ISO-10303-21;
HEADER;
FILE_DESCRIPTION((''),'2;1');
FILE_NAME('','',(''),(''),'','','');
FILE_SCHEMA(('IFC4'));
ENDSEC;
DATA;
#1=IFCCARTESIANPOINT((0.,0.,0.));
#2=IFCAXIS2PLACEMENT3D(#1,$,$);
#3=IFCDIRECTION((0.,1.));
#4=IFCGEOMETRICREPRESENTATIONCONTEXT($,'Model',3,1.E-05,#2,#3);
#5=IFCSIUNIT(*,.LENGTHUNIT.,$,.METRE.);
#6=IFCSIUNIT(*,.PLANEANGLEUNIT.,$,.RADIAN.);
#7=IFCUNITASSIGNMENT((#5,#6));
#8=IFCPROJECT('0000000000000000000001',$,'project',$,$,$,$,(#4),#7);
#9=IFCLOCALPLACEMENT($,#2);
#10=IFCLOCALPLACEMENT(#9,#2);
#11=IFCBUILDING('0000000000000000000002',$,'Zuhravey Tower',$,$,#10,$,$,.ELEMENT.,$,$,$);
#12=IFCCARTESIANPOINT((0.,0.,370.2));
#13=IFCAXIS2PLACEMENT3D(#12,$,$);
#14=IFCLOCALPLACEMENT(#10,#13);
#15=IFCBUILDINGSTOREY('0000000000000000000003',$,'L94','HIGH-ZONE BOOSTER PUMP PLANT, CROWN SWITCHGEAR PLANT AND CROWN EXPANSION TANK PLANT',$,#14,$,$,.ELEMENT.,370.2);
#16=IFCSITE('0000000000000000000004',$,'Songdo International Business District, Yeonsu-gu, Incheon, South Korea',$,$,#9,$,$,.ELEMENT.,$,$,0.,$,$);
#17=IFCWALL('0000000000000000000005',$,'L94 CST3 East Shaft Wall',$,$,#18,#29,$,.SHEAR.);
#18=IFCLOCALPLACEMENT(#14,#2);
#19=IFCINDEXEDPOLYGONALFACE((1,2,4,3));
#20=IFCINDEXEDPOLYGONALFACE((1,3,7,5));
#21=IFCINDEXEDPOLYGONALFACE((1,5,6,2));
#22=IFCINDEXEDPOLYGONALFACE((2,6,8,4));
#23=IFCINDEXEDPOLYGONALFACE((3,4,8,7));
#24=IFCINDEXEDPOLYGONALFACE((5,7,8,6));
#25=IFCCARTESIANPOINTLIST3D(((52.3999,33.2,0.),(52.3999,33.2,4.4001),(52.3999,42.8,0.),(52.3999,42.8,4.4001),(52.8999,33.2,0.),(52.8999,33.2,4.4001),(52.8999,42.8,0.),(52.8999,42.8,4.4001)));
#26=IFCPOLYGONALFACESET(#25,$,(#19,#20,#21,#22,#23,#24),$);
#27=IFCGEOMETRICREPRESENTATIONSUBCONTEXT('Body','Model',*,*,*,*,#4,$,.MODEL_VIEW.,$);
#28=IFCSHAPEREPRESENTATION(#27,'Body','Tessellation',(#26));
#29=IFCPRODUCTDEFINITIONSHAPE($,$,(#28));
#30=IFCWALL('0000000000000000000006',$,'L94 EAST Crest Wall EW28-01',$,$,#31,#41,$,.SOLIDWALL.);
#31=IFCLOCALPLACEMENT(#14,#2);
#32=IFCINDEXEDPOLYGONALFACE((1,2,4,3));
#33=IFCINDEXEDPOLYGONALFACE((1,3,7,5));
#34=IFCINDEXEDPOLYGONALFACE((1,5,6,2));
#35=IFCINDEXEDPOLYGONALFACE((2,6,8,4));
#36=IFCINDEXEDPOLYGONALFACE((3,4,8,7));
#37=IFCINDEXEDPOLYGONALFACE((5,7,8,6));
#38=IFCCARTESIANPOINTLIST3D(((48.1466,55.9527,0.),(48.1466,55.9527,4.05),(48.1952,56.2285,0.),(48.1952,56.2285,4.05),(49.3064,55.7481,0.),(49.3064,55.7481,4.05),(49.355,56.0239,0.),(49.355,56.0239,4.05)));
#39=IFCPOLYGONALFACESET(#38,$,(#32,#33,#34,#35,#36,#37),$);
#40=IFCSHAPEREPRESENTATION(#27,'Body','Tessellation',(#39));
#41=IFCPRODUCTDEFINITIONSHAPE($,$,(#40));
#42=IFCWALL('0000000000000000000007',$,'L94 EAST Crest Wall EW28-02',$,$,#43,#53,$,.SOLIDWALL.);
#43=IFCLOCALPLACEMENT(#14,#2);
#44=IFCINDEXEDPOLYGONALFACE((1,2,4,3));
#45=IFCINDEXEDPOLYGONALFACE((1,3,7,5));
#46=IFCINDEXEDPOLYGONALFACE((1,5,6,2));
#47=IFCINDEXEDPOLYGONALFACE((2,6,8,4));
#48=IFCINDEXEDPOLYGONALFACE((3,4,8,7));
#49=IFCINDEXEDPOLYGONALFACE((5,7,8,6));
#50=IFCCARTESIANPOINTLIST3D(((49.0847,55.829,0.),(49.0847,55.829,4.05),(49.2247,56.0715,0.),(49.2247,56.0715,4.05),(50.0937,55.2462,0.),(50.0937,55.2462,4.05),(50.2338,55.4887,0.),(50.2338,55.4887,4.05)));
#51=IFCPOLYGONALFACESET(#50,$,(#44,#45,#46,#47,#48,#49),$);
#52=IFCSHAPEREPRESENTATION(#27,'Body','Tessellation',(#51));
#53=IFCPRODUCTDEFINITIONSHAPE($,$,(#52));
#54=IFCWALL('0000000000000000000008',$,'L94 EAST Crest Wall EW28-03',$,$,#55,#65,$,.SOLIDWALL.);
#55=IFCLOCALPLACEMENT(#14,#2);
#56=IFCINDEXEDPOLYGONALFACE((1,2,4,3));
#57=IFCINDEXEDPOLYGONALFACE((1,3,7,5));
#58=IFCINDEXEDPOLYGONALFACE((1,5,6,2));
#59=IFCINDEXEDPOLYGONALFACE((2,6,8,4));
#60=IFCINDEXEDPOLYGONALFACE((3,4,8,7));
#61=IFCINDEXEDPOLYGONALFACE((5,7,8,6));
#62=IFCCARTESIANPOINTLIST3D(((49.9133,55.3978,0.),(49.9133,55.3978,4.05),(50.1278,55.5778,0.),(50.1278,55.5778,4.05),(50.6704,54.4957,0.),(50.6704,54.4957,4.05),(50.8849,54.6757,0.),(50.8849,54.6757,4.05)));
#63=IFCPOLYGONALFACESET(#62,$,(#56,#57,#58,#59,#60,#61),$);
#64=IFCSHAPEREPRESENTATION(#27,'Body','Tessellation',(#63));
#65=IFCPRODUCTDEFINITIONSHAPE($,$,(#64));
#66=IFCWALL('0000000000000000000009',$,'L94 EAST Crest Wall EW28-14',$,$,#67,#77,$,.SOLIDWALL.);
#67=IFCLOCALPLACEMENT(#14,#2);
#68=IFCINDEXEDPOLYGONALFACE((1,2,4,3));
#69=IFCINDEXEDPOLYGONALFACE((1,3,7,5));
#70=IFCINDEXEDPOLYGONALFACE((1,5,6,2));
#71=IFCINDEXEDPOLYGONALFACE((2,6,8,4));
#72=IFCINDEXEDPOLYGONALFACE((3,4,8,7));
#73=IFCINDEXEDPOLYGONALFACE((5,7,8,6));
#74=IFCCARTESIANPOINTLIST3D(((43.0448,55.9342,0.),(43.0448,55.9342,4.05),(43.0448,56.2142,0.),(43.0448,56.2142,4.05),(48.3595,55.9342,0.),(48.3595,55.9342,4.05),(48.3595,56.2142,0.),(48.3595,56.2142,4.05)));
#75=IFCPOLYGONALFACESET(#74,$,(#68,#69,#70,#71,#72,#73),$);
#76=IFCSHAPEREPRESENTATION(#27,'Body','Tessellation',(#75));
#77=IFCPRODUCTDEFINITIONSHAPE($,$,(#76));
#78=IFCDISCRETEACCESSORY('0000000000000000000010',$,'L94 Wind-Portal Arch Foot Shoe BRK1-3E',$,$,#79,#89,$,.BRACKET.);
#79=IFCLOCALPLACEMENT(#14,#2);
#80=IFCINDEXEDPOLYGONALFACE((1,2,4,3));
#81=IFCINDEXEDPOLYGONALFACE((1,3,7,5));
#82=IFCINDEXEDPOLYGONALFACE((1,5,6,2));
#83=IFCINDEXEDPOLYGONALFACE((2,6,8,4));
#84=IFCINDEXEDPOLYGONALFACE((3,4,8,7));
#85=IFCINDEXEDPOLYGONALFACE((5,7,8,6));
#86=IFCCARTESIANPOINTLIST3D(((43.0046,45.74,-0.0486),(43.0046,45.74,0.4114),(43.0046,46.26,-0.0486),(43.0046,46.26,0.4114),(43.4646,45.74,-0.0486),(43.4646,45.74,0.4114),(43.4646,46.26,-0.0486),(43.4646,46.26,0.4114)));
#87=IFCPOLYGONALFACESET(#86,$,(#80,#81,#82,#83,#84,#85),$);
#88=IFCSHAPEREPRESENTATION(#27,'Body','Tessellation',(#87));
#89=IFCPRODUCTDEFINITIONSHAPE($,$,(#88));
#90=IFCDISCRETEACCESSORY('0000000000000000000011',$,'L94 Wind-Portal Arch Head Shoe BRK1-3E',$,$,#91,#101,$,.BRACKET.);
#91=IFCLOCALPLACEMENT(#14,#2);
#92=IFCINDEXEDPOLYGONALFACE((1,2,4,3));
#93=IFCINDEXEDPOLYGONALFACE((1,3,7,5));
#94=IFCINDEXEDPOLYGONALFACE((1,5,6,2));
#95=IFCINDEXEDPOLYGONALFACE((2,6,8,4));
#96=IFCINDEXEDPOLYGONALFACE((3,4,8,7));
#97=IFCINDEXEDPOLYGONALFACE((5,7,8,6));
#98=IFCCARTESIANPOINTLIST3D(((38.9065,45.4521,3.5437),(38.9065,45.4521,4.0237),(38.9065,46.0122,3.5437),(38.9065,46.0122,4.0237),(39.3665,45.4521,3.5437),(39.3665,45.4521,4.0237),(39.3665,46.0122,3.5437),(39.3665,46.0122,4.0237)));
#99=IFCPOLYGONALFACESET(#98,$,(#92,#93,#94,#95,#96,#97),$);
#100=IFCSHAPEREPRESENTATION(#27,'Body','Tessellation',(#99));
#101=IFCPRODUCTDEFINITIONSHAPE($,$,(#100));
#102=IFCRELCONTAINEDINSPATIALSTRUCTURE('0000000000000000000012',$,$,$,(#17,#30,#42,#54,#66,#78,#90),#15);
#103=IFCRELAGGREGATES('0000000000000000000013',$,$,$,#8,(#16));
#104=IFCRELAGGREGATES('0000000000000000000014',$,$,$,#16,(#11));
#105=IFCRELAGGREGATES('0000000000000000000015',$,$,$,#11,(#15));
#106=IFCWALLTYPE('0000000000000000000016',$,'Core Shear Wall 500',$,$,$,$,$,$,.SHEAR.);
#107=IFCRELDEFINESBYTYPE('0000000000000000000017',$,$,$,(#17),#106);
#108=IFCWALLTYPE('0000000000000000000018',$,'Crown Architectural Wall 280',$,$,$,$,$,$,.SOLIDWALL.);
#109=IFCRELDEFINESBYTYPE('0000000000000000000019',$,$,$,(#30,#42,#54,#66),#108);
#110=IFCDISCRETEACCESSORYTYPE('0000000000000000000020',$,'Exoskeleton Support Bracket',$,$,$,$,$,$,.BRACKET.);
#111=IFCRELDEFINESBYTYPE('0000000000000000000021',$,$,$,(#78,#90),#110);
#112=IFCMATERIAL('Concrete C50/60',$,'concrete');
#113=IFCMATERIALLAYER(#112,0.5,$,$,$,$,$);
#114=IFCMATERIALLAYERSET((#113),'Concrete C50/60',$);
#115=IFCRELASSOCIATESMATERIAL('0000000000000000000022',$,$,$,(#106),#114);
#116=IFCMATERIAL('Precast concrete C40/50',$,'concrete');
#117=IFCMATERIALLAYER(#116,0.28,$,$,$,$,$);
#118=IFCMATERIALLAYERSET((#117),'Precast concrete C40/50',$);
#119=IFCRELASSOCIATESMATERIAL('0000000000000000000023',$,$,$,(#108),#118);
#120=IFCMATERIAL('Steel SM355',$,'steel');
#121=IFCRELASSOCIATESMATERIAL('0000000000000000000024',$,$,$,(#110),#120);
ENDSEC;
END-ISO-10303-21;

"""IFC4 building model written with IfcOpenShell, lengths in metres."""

from ifc_helpers import new_model, si_unit, direction, frame, frame_2d, origin, origin_2d, place, context, subcontext, project, spatial, rectangle, extrude, material, layer, layer_set, type_object, element, save


model = new_model("IFC4")

# Units and contexts
model_context = context("Model", 3, precision=1e-05, world=origin(), true_north=direction((0.0, 1.0)))
body_context = subcontext(model_context, "Body", "Model", "MODEL_VIEW")
ifc_project = project(units=[si_unit("LENGTHUNIT", "METRE"), si_unit("PLANEANGLEUNIT", "RADIAN")], contexts=[model_context])

# Site, building, storey
site_placement = place(None, origin())
site = spatial("IfcSite", under=ifc_project, at=site_placement, Name="Songdo International Business District, Yeonsu-gu, Incheon, South Korea", CompositionType="ELEMENT", RefElevation=0.0)
building_placement = place(site_placement, origin())
building = spatial("IfcBuilding", under=site, at=building_placement, Name="Zuhravey Tower", CompositionType="ELEMENT")
storey_placement = place(building_placement, frame((0.0, 0.0, 370.2)))
storey = spatial("IfcBuildingStorey", under=building, at=storey_placement, Name="L94", Description="HIGH-ZONE BOOSTER PUMP PLANT, CROWN SWITCHGEAR PLANT AND CROWN EXPANSION TANK PLANT", CompositionType="ELEMENT", Elevation=370.2)

# Shared definitions
ifc_material_1 = material(Name="Steel SM355", Category="steel")

# Walls
ifc_material_2 = material(Name="Concrete C50/60", Category="concrete")
ifc_layer_1 = layer(ifc_material_2, 0.5)
ifc_layer_set_1 = layer_set([ifc_layer_1], Name="Concrete C50/60")
wall_type_1 = type_object("IfcWallType", Name="Core Shear Wall 500", PredefinedType="SHEAR", material=ifc_layer_set_1)
wall_1_placement = place(storey_placement, frame((52.6499, 42.8, 0.0), z_axis=(0.0, 0.0, 1.0), x_axis=(0.0, -1.0, 0.0)))
element("IfcWall", 1, at=wall_1_placement, inside=storey, type_object=wall_type_1, Name="L94 CST3 East Shaft Wall", PredefinedType="SHEAR", context=body_context, shape_type="SweptSolid", body=[
    extrude(rectangle(XDim=9.6001, YDim=0.5, at=frame_2d((4.8, 0.0))), origin(), (0.0, 0.0, 1.0), 4.4001),
])
ifc_material_3 = material(Name="Precast concrete C40/50", Category="concrete")
ifc_layer_2 = layer(ifc_material_3, 0.28)
ifc_layer_set_2 = layer_set([ifc_layer_2], Name="Precast concrete C40/50")
wall_type_2 = type_object("IfcWallType", Name="Crown Architectural Wall 280", PredefinedType="SOLIDWALL", material=ifc_layer_set_2)
wall_2_placement = place(storey_placement, frame((48.1709, 56.0906, 0.0), z_axis=(0.0, 0.0, 1.0), x_axis=(0.984798, -0.173703, 0.0)))
element("IfcWall", 2, at=wall_2_placement, inside=storey, type_object=wall_type_2, Name="L94 EAST Crest Wall EW28-01", PredefinedType="SOLIDWALL", context=body_context, shape_type="SweptSolid", body=[
    extrude(rectangle(XDim=1.1777, YDim=0.28, at=frame_2d((0.5889, 0.0))), origin(), (0.0, 0.0, 1.0), 4.05),
])
wall_3_placement = place(storey_placement, frame((49.1548, 55.9502, 0.0), z_axis=(0.0, 0.0, 1.0), x_axis=(0.865952, -0.500127, 0.0)))
element("IfcWall", 3, at=wall_3_placement, inside=storey, type_object=wall_type_2, Name="L94 EAST Crest Wall EW28-02", PredefinedType="SOLIDWALL", context=body_context, shape_type="SweptSolid", body=[
    extrude(rectangle(XDim=1.1653, YDim=0.28, at=frame_2d((0.5825, 0.0))), origin(), (0.0, 0.0, 1.0), 4.05),
])
wall_4_placement = place(storey_placement, frame((50.0205, 55.4878, 0.0), z_axis=(0.0, 0.0, 1.0), x_axis=(0.642852, -0.765991, 0.0)))
element("IfcWall", 4, at=wall_4_placement, inside=storey, type_object=wall_type_2, Name="L94 EAST Crest Wall EW28-03", PredefinedType="SOLIDWALL", context=body_context, shape_type="SweptSolid", body=[
    extrude(rectangle(XDim=1.1777, YDim=0.28, at=frame_2d((0.5889, 0.0))), origin(), (0.0, 0.0, 1.0), 4.05),
])
wall_5_placement = place(storey_placement, frame((43.0449, 56.0742, 0.0), z_axis=(0.0, 0.0, 1.0), x_axis=(1.0, 0.0, 0.0)))
element("IfcWall", 5, at=wall_5_placement, inside=storey, type_object=wall_type_2, Name="L94 EAST Crest Wall EW28-14", PredefinedType="SOLIDWALL", context=body_context, shape_type="SweptSolid", body=[
    extrude(rectangle(XDim=5.3147, YDim=0.28, at=frame_2d((2.6572, 0.0))), origin(), (0.0, 0.0, 1.0), 4.05),
])

# Discrete accessories
discrete_accessory_type = type_object("IfcDiscreteAccessoryType", Name="Exoskeleton Support Bracket", PredefinedType="BRACKET", material=ifc_material_1)
discrete_accessory_1_placement = place(storey_placement, frame((43.2346, 46.0, -0.0486), z_axis=(0.0, 0.0, 1.0), x_axis=(1.0, 0.0, 0.0)))
element("IfcDiscreteAccessory", 6, at=discrete_accessory_1_placement, inside=storey, type_object=discrete_accessory_type, Name="L94 Wind-Portal Arch Foot Shoe BRK1-3E", PredefinedType="BRACKET", context=body_context, shape_type="SweptSolid", body=[
    extrude(rectangle(XDim=0.46, YDim=0.52, at=origin_2d()), origin(), (0.0, 0.0, 1.0), 0.46),
])
discrete_accessory_2_placement = place(storey_placement, frame((39.1365, 45.7322, 3.5437), z_axis=(0.0, 0.0, 1.0), x_axis=(1.0, 0.0, 0.0)))
element("IfcDiscreteAccessory", 7, at=discrete_accessory_2_placement, inside=storey, type_object=discrete_accessory_type, Name="L94 Wind-Portal Arch Head Shoe BRK1-3E", PredefinedType="BRACKET", context=body_context, shape_type="SweptSolid", body=[
    extrude(rectangle(XDim=0.46, YDim=0.5601, at=origin_2d()), origin(), (0.0, 0.0, 1.0), 0.48),
])

save(model, "model.ifc")
